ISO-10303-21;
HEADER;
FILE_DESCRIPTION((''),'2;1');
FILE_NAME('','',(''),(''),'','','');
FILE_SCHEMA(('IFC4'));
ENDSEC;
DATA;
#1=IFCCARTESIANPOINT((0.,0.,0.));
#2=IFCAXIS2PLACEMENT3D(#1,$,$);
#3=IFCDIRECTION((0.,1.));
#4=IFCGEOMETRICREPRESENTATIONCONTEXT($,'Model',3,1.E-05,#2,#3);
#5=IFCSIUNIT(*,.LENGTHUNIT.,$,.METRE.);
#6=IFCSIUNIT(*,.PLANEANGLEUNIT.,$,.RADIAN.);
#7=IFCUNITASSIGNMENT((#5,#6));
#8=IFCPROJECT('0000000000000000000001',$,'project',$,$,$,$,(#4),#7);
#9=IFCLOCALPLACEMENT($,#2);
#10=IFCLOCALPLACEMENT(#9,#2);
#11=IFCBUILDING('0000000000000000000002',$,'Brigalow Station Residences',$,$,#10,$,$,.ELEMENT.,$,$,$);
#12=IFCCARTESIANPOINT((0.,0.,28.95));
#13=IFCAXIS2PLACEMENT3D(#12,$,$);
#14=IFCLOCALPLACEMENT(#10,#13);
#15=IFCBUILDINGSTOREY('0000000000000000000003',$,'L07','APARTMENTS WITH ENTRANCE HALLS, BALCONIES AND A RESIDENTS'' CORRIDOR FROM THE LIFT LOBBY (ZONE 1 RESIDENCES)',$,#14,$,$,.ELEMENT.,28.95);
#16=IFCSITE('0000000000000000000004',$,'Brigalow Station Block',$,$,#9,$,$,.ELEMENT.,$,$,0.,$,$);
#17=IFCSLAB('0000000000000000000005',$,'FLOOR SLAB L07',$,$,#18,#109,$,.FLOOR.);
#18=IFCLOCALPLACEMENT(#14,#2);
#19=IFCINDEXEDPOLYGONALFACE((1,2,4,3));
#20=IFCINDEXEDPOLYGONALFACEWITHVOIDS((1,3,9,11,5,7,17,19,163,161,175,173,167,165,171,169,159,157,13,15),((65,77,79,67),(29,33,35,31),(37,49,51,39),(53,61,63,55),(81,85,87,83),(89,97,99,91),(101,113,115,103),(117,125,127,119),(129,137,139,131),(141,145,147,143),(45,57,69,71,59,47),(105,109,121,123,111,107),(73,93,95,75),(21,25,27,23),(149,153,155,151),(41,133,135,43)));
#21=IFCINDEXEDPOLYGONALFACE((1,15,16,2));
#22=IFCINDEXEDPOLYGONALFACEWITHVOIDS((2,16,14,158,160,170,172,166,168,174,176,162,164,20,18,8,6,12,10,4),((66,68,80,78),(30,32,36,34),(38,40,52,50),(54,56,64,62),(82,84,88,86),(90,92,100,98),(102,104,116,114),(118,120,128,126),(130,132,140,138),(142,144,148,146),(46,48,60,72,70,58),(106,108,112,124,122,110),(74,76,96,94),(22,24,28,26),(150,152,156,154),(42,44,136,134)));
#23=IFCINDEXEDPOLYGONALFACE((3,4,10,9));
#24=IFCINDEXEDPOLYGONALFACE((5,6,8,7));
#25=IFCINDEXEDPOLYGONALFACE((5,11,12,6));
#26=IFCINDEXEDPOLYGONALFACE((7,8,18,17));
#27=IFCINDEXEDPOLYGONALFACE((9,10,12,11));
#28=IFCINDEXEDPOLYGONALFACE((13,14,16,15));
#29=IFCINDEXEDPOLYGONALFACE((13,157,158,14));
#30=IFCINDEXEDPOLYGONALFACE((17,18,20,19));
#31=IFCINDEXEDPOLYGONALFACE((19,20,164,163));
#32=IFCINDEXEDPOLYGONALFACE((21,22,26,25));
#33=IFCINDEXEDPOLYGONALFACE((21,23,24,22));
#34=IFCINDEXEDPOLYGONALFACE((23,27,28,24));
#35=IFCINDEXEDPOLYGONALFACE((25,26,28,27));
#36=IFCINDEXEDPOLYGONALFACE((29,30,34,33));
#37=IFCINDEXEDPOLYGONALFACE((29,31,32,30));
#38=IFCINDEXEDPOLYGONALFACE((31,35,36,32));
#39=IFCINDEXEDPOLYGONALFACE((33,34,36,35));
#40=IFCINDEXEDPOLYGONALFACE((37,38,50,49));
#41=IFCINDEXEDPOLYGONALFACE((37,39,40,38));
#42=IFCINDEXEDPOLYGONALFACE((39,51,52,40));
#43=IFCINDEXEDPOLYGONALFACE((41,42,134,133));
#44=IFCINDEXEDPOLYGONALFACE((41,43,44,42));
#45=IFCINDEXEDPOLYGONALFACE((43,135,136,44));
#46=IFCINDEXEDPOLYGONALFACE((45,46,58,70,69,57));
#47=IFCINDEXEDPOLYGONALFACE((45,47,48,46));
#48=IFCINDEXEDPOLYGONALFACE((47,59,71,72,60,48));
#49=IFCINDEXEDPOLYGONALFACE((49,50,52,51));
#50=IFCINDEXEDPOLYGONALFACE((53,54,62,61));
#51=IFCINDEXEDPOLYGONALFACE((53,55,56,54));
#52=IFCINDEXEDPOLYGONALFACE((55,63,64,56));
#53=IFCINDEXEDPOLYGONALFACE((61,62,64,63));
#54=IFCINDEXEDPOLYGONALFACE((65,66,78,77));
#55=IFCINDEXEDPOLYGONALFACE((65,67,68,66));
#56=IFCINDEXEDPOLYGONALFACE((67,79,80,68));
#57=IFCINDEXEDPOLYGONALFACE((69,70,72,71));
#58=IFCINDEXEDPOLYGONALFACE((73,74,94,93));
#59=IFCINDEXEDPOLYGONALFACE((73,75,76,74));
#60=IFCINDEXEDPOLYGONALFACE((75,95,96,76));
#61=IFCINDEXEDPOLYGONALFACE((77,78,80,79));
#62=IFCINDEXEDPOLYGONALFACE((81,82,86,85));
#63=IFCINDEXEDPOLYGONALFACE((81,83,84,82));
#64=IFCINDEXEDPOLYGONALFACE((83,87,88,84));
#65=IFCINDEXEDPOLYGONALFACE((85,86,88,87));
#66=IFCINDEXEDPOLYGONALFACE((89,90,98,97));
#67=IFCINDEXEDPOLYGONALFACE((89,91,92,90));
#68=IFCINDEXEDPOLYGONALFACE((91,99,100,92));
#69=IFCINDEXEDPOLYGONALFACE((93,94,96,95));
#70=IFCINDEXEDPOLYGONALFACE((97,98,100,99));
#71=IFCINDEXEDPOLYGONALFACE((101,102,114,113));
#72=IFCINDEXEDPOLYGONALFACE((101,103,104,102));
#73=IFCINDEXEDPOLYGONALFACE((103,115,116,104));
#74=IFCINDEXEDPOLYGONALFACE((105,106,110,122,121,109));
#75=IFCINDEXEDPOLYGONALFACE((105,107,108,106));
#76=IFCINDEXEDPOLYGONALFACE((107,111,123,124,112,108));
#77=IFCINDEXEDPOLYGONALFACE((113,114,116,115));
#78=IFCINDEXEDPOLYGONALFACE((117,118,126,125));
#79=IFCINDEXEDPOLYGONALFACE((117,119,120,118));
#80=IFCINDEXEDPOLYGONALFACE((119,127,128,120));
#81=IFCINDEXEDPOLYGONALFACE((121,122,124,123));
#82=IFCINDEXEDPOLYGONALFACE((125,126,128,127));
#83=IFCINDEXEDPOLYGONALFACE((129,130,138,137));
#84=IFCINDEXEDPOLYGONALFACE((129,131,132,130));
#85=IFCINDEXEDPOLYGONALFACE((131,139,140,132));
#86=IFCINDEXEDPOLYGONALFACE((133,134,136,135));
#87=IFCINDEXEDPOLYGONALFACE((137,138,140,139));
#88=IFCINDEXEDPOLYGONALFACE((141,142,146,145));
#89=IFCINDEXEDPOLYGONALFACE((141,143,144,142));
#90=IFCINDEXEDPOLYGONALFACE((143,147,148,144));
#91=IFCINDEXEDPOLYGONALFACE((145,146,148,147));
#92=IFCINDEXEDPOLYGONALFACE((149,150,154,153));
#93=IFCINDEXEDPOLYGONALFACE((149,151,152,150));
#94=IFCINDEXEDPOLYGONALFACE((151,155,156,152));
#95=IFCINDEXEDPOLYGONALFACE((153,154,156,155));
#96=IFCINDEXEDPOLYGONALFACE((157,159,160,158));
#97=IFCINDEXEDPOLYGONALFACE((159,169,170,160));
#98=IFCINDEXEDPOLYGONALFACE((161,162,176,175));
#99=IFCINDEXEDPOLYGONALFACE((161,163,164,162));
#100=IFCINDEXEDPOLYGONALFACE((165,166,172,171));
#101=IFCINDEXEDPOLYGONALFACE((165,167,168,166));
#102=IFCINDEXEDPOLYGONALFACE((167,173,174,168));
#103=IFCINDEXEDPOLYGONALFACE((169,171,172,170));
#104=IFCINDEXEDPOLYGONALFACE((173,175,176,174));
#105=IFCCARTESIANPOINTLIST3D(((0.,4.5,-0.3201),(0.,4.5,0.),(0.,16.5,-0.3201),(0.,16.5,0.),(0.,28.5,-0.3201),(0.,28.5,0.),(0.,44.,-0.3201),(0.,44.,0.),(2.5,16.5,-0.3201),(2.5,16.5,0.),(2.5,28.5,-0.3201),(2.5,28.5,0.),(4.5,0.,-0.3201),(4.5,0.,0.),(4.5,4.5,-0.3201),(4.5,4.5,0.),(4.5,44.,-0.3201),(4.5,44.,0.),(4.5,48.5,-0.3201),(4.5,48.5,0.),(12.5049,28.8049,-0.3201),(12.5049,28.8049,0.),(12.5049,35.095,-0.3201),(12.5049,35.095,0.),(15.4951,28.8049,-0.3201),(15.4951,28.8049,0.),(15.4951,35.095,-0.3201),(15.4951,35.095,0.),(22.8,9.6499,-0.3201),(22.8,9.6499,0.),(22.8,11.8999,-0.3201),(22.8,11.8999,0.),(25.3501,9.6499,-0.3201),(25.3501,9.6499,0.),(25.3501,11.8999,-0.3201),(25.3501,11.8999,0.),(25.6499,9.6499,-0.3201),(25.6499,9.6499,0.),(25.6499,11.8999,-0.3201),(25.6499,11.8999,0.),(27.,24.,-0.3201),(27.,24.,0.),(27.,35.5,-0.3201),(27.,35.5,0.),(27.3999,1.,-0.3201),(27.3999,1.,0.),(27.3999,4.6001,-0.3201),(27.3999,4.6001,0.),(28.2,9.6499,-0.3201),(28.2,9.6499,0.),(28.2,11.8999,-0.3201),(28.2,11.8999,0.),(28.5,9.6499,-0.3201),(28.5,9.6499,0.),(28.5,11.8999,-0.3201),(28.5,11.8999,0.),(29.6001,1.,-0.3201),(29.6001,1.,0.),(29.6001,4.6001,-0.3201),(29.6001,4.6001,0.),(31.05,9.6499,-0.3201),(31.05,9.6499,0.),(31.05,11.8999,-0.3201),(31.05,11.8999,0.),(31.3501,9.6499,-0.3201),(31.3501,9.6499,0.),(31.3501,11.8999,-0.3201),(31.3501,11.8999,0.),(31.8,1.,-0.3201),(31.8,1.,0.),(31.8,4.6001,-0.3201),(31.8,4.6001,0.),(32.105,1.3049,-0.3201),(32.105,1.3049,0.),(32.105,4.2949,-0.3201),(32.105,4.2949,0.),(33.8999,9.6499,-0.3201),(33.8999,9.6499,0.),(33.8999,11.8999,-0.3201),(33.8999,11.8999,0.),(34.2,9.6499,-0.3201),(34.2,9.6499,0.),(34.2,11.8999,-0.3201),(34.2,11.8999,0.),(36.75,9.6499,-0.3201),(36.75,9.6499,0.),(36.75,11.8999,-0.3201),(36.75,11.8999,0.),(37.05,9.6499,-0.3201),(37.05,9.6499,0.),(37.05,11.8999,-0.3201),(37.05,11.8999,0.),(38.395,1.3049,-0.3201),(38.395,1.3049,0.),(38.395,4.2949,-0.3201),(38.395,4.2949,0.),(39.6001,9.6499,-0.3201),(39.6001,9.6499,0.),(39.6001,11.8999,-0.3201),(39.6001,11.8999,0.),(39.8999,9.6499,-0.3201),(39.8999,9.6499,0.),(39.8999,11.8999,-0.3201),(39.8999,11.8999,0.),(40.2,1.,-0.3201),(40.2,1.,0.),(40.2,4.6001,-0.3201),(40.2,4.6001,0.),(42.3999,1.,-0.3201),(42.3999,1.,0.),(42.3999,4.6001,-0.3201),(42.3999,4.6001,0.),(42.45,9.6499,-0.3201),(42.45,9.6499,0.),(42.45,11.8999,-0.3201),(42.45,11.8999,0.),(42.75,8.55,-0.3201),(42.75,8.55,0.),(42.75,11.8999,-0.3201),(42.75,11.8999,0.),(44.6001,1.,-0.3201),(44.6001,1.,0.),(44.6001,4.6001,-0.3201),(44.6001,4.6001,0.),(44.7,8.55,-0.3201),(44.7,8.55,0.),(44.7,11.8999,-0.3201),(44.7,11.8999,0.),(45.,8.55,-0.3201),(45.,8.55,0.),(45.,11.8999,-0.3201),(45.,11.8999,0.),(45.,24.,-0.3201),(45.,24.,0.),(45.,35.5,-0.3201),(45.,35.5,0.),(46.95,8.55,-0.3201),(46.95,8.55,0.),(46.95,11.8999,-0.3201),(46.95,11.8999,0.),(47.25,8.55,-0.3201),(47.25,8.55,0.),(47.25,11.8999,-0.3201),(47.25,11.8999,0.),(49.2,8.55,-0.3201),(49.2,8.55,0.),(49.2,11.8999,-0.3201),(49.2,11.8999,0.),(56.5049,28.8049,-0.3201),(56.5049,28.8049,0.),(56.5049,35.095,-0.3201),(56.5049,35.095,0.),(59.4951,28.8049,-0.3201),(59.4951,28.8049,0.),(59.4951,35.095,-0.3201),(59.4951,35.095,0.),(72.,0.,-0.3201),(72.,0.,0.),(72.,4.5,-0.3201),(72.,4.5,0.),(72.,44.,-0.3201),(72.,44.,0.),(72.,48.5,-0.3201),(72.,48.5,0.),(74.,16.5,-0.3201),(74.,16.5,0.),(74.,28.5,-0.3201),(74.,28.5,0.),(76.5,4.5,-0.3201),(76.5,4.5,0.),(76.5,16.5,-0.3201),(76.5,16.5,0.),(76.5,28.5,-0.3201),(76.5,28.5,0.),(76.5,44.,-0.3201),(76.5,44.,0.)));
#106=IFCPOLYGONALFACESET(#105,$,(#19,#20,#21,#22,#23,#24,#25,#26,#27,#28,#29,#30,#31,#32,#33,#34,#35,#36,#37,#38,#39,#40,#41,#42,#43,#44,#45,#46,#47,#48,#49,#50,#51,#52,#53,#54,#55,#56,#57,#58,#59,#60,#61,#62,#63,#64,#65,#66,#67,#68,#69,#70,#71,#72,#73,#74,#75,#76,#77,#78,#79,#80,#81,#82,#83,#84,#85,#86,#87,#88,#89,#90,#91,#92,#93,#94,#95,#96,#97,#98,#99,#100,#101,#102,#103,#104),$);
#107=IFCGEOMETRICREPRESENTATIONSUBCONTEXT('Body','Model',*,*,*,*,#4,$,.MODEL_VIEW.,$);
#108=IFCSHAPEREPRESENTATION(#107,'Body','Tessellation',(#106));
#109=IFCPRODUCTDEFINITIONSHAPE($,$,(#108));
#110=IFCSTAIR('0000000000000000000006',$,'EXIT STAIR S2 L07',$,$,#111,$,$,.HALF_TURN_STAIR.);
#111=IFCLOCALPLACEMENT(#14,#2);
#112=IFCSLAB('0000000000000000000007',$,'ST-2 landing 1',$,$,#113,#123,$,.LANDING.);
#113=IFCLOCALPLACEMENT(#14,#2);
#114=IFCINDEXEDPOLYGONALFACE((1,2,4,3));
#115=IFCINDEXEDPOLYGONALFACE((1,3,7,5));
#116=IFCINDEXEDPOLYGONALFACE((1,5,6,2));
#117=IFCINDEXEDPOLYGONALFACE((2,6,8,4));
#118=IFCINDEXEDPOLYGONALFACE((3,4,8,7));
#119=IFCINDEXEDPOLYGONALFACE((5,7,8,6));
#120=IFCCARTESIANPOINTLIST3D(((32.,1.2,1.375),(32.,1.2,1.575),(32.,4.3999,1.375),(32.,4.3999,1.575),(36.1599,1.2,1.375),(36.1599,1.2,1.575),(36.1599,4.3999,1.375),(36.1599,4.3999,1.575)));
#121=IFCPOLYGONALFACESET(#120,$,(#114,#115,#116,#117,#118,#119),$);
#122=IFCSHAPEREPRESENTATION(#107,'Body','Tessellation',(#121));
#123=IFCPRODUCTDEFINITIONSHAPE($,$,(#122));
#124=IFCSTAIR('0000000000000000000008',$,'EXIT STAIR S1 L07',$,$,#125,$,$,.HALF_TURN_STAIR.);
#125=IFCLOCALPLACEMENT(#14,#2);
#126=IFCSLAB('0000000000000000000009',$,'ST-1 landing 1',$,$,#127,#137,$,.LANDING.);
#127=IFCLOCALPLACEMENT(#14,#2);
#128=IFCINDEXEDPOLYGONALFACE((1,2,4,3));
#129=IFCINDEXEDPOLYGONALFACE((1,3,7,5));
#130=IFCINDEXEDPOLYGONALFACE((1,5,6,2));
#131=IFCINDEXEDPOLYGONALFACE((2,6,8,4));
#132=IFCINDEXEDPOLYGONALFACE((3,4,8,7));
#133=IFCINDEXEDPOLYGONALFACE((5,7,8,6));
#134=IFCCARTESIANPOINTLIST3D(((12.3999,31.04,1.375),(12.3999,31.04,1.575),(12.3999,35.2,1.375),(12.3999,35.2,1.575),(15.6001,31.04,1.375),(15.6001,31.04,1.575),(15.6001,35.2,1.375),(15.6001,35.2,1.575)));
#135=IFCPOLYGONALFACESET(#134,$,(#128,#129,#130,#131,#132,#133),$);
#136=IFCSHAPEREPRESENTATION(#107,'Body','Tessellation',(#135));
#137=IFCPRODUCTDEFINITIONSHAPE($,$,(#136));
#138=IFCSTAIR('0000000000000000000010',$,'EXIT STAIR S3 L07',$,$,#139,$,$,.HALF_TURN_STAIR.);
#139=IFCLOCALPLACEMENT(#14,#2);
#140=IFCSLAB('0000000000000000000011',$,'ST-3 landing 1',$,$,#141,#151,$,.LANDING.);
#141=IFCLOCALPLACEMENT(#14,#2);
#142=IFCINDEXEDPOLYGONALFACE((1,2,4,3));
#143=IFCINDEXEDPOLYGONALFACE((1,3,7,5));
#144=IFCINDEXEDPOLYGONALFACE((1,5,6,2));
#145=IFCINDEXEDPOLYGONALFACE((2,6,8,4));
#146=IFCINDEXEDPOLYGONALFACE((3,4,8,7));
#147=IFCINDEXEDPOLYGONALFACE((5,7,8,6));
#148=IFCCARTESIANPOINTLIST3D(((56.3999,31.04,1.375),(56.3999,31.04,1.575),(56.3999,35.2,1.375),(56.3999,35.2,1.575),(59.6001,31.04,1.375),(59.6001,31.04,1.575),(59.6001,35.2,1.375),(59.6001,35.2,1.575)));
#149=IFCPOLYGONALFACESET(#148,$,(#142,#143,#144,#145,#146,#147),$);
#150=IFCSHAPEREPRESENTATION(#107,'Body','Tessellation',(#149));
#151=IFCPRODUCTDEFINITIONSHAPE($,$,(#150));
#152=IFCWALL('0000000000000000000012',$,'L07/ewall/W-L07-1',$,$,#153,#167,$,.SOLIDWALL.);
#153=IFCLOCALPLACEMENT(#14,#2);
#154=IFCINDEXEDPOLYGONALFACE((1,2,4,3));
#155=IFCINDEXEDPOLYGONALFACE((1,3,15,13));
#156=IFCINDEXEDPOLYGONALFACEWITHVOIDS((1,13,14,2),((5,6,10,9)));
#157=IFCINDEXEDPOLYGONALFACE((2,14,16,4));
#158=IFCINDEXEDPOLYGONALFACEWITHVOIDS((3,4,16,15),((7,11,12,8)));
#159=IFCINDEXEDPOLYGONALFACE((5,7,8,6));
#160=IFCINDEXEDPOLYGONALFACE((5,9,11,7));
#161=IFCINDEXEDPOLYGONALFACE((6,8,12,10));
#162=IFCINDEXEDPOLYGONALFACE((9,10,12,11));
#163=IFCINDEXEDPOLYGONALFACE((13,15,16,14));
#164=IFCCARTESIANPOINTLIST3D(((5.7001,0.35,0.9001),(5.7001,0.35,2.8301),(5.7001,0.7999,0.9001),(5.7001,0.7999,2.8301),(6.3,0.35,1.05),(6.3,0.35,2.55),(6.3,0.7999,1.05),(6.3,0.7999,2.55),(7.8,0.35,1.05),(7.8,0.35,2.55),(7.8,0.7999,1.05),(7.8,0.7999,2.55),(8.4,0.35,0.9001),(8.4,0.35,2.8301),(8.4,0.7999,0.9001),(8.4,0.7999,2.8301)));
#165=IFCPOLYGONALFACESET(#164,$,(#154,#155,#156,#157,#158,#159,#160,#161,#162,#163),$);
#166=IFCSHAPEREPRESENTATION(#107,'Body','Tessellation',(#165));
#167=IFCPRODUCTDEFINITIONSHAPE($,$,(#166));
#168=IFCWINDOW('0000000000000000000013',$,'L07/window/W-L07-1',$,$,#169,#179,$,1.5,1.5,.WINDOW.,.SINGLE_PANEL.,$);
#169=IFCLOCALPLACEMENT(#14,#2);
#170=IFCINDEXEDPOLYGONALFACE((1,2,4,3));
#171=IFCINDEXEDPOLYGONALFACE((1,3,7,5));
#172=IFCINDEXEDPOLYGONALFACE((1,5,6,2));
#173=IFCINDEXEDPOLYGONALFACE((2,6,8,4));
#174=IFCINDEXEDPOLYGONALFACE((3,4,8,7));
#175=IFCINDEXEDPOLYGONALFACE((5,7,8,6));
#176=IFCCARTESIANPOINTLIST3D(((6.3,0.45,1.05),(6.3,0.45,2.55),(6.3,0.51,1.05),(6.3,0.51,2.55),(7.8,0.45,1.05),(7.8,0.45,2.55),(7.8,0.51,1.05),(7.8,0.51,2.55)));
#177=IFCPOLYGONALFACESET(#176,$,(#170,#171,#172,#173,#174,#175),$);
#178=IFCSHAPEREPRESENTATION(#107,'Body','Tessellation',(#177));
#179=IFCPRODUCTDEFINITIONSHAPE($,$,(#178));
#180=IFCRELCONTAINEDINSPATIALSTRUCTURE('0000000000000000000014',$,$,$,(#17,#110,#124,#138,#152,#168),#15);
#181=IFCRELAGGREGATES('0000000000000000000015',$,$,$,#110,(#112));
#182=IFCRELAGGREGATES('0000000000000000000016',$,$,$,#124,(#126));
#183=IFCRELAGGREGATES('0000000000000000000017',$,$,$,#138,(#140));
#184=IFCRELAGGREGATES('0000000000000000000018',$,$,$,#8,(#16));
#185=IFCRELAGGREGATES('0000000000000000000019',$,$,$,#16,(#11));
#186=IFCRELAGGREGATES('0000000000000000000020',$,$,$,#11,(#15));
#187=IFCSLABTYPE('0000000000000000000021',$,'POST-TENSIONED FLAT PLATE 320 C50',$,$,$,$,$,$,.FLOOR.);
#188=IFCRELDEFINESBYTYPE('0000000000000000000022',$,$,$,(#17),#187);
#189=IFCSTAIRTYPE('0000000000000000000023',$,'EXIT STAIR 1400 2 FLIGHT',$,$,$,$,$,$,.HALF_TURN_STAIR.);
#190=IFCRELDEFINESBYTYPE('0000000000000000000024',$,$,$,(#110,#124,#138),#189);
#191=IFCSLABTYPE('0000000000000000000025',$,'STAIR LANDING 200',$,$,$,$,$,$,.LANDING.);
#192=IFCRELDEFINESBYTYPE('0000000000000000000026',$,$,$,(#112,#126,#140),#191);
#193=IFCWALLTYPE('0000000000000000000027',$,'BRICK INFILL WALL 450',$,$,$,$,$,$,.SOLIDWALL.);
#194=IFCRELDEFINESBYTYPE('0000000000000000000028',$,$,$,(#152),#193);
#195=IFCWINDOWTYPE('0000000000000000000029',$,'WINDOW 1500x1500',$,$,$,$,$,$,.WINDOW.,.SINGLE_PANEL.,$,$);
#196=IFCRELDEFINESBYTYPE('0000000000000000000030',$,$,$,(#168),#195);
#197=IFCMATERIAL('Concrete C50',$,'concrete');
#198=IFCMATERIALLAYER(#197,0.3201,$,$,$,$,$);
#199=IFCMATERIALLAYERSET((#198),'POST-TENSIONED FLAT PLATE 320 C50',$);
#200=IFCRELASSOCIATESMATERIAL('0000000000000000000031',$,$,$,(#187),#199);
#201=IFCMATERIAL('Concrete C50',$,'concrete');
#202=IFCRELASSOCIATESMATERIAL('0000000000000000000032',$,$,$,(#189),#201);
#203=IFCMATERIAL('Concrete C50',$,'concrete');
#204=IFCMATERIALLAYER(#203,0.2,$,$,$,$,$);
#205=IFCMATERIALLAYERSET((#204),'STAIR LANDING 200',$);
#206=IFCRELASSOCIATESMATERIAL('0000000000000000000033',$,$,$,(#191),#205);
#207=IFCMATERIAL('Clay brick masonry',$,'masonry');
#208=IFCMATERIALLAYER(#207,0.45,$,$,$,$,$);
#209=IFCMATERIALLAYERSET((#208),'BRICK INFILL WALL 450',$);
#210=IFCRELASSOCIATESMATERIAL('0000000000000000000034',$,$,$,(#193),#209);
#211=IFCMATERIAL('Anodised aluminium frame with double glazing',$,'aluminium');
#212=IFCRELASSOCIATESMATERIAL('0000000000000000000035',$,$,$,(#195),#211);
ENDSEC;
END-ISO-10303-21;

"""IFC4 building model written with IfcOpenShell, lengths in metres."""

from ifc_helpers import new_model, si_unit, direction, frame, frame_2d, origin, place, context, subcontext, project, spatial, polyline, rectangle, outline, extrude, material, layer, layer_set, type_object, element, fill, aggregate, save


model = new_model("IFC4")

# Units and contexts
model_context = context("Model", 3, precision=1e-05, world=origin(), true_north=direction((0.0, 1.0)))
body_context = subcontext(model_context, "Body", "Model", "MODEL_VIEW")
ifc_project = project(units=[si_unit("LENGTHUNIT", "METRE"), si_unit("PLANEANGLEUNIT", "RADIAN")], contexts=[model_context])

# Site, building, storey
site_placement = place(None, origin())
site = spatial("IfcSite", under=ifc_project, at=site_placement, Name="Brigalow Station Block", CompositionType="ELEMENT", RefElevation=0.0)
building_placement = place(site_placement, origin())
building = spatial("IfcBuilding", under=site, at=building_placement, Name="Brigalow Station Residences", CompositionType="ELEMENT")
storey_placement = place(building_placement, frame((0.0, 0.0, 28.95)))
storey = spatial("IfcBuildingStorey", under=building, at=storey_placement, Name="L07", Description="APARTMENTS WITH ENTRANCE HALLS, BALCONIES AND A RESIDENTS' CORRIDOR FROM THE LIFT LOBBY (ZONE 1 RESIDENCES)", CompositionType="ELEMENT", Elevation=28.95)

# Slab
ifc_material_1 = material(Name="Concrete C50", Category="concrete")
ifc_layer_1 = layer(ifc_material_1, 0.3201)
ifc_layer_set_1 = layer_set([ifc_layer_1], Name="POST-TENSIONED FLAT PLATE 320 C50")
slab_type_1 = type_object("IfcSlabType", Name="POST-TENSIONED FLAT PLATE 320 C50", PredefinedType="FLOOR", material=ifc_layer_set_1)
slab_1_placement = place(storey_placement, frame((0.0, 0.0, -0.3201)))
element("IfcSlab", 1, at=slab_1_placement, inside=storey, type_object=slab_type_1, Name="FLOOR SLAB L07", PredefinedType="FLOOR", context=body_context, shape_type="SweptSolid", body=[
    extrude(outline(polyline([(4.5, 0.0), (72.0, 0.0), (72.0, 4.5), (76.5, 4.5), (76.5, 16.5), (74.0, 16.5), (74.0, 28.5), (76.5, 28.5), (76.5, 44.0), (72.0, 44.0), (72.0, 48.5), (4.5, 48.5), (4.5, 44.0), (0.0, 44.0), (0.0, 28.5), (2.5, 28.5), (2.5, 16.5), (0.0, 16.5), (0.0, 4.5), (4.5, 4.5), (4.5, 0.0)]), holes=[polyline([(15.4951, 35.095), (15.4951, 28.8049), (12.5049, 28.8049), (12.5049, 35.095), (15.4951, 35.095)]), polyline([(22.8, 11.8999), (25.3501, 11.8999), (25.3501, 9.6499), (22.8, 9.6499), (22.8, 11.8999)]), polyline([(25.6499, 11.8999), (28.2, 11.8999), (28.2, 9.6499), (25.6499, 9.6499), (25.6499, 11.8999)]), polyline([(28.5, 11.8999), (31.05, 11.8999), (31.05, 9.6499), (28.5, 9.6499), (28.5, 11.8999)]), polyline([(29.6001, 1.0), (27.3999, 1.0), (27.3999, 4.6001), (29.6001, 4.6001), (31.8, 4.6001), (31.8, 1.0), (29.6001, 1.0)]), polyline([(31.3501, 11.8999), (33.8999, 11.8999), (33.8999, 9.6499), (31.3501, 9.6499), (31.3501, 11.8999)]), polyline([(32.105, 4.2949), (38.395, 4.2949), (38.395, 1.3049), (32.105, 1.3049), (32.105, 4.2949)]), polyline([(36.75, 11.8999), (36.75, 9.6499), (34.2, 9.6499), (34.2, 11.8999), (36.75, 11.8999)]), polyline([(37.05, 11.8999), (39.6001, 11.8999), (39.6001, 9.6499), (37.05, 9.6499), (37.05, 11.8999)]), polyline([(39.8999, 11.8999), (42.45, 11.8999), (42.45, 9.6499), (39.8999, 9.6499), (39.8999, 11.8999)]), polyline([(42.3999, 1.0), (40.2, 1.0), (40.2, 4.6001), (42.3999, 4.6001), (44.6001, 4.6001), (44.6001, 1.0), (42.3999, 1.0)]), polyline([(42.75, 11.8999), (44.7, 11.8999), (44.7, 8.55), (42.75, 8.55), (42.75, 11.8999)]), polyline([(45.0, 11.8999), (46.95, 11.8999), (46.95, 8.55), (45.0, 8.55), (45.0, 11.8999)]), polyline([(45.0, 35.5), (45.0, 24.0), (27.0, 24.0), (27.0, 35.5), (45.0, 35.5)]), polyline([(47.25, 11.8999), (49.2, 11.8999), (49.2, 8.55), (47.25, 8.55), (47.25, 11.8999)]), polyline([(59.4951, 35.095), (59.4951, 28.8049), (56.5049, 28.8049), (56.5049, 35.095), (59.4951, 35.095)])]), origin(), (0.0, 0.0, 1.0), 0.3201),
])

# Stairs, slabs
ifc_material_2 = material(Name="Concrete C50", Category="concrete")
stair_type = type_object("IfcStairType", Name="EXIT STAIR 1400 2 FLIGHT", PredefinedType="HALF_TURN_STAIR", material=ifc_material_2)
stair_1_placement = place(storey_placement, origin())
stair_1 = element("IfcStair", 2, at=stair_1_placement, inside=storey, type_object=stair_type, Name="EXIT STAIR S2 L07", PredefinedType="HALF_TURN_STAIR")
ifc_material_3 = material(Name="Concrete C50", Category="concrete")
ifc_layer_2 = layer(ifc_material_3, 0.2)
ifc_layer_set_2 = layer_set([ifc_layer_2], Name="STAIR LANDING 200")
slab_type_2 = type_object("IfcSlabType", Name="STAIR LANDING 200", PredefinedType="LANDING", material=ifc_layer_set_2)
slab_2_placement = place(storey_placement, frame((0.0, 0.0, 1.375)))
slab_2 = element("IfcSlab", 3, at=slab_2_placement, type_object=slab_type_2, Name="ST-2 landing 1", PredefinedType="LANDING", context=body_context, shape_type="SweptSolid", body=[
    extrude(outline(polyline([(32.0, 1.2), (36.1599, 1.2), (36.1599, 4.3999), (32.0, 4.3999), (32.0, 1.2)])), origin(), (0.0, 0.0, 1.0), 0.2),
])
aggregate(stair_1, [slab_2])
stair_2_placement = place(storey_placement, origin())
stair_2 = element("IfcStair", 4, at=stair_2_placement, inside=storey, type_object=stair_type, Name="EXIT STAIR S1 L07", PredefinedType="HALF_TURN_STAIR")
slab_3_placement = place(storey_placement, frame((0.0, 0.0, 1.375)))
slab_3 = element("IfcSlab", 5, at=slab_3_placement, type_object=slab_type_2, Name="ST-1 landing 1", PredefinedType="LANDING", context=body_context, shape_type="SweptSolid", body=[
    extrude(outline(polyline([(12.3999, 31.04), (15.6001, 31.04), (15.6001, 35.2), (12.3999, 35.2), (12.3999, 31.04)])), origin(), (0.0, 0.0, 1.0), 0.2),
])
aggregate(stair_2, [slab_3])
stair_3_placement = place(storey_placement, origin())
stair_3 = element("IfcStair", 6, at=stair_3_placement, inside=storey, type_object=stair_type, Name="EXIT STAIR S3 L07", PredefinedType="HALF_TURN_STAIR")
slab_4_placement = place(storey_placement, frame((0.0, 0.0, 1.375)))
slab_4 = element("IfcSlab", 7, at=slab_4_placement, type_object=slab_type_2, Name="ST-3 landing 1", PredefinedType="LANDING", context=body_context, shape_type="SweptSolid", body=[
    extrude(outline(polyline([(56.3999, 31.04), (59.6001, 31.04), (59.6001, 35.2), (56.3999, 35.2), (56.3999, 31.04)])), origin(), (0.0, 0.0, 1.0), 0.2),
])
aggregate(stair_3, [slab_4])

# Wall, opening, window
ifc_material_4 = material(Name="Clay brick masonry", Category="masonry")
ifc_layer_3 = layer(ifc_material_4, 0.45)
ifc_layer_set_3 = layer_set([ifc_layer_3], Name="BRICK INFILL WALL 450")
wall_type_1 = type_object("IfcWallType", Name="BRICK INFILL WALL 450", PredefinedType="SOLIDWALL", material=ifc_layer_set_3)
wall_1_placement = place(storey_placement, frame((5.7, 0.575, 0.9001), z_axis=(0.0, 0.0, 1.0), x_axis=(1.0, 0.0, 0.0)))
wall_1 = element("IfcWall", 8, at=wall_1_placement, inside=storey, type_object=wall_type_1, Name="L07/ewall/W-L07-1", PredefinedType="SOLIDWALL", context=body_context, shape_type="SweptSolid", body=[
    extrude(rectangle(XDim=2.7, YDim=0.45, at=frame_2d((1.3501, 0.0))), origin(), (0.0, 0.0, 1.0), 1.9299),
])
opening_1_placement = place(wall_1_placement, frame((0.6001, 0.0, 0.1499)))
opening_1 = element("IfcOpeningElement", 9, at=opening_1_placement, cuts=wall_1, PredefinedType="OPENING", context=body_context, shape_type="SweptSolid", body=[
    extrude(rectangle(XDim=1.5, YDim=1.5, at=frame_2d((0.75, 0.75))), frame((0.0, 0.2349, 0.0), z_axis=(0.0, -1.0, 0.0), x_axis=(1.0, 0.0, 0.0)), (0.0, 0.0, 1.0), 0.47),
])
ifc_material_5 = material(Name="Anodised aluminium frame with double glazing", Category="aluminium")
window_type_1 = type_object("IfcWindowType", Name="WINDOW 1500x1500", PartitioningType="SINGLE_PANEL", PredefinedType="WINDOW", material=ifc_material_5)
window_1_placement = place(opening_1_placement, origin())
window_1 = element("IfcWindow", 10, at=window_1_placement, inside=storey, type_object=window_type_1, Name="L07/window/W-L07-1", OverallHeight=1.5, OverallWidth=1.5, PartitioningType="SINGLE_PANEL", PredefinedType="WINDOW", context=body_context, shape_type="SweptSolid", body=[
    extrude(rectangle(XDim=1.5, YDim=1.5, at=frame_2d((0.75, 0.75))), frame((0.0, -0.0649, 0.0), z_axis=(0.0, -1.0, 0.0), x_axis=(1.0, 0.0, 0.0)), (0.0, 0.0, 1.0), 0.0601),
])
fill(opening_1, window_1)

save(model, "model.ifc")
